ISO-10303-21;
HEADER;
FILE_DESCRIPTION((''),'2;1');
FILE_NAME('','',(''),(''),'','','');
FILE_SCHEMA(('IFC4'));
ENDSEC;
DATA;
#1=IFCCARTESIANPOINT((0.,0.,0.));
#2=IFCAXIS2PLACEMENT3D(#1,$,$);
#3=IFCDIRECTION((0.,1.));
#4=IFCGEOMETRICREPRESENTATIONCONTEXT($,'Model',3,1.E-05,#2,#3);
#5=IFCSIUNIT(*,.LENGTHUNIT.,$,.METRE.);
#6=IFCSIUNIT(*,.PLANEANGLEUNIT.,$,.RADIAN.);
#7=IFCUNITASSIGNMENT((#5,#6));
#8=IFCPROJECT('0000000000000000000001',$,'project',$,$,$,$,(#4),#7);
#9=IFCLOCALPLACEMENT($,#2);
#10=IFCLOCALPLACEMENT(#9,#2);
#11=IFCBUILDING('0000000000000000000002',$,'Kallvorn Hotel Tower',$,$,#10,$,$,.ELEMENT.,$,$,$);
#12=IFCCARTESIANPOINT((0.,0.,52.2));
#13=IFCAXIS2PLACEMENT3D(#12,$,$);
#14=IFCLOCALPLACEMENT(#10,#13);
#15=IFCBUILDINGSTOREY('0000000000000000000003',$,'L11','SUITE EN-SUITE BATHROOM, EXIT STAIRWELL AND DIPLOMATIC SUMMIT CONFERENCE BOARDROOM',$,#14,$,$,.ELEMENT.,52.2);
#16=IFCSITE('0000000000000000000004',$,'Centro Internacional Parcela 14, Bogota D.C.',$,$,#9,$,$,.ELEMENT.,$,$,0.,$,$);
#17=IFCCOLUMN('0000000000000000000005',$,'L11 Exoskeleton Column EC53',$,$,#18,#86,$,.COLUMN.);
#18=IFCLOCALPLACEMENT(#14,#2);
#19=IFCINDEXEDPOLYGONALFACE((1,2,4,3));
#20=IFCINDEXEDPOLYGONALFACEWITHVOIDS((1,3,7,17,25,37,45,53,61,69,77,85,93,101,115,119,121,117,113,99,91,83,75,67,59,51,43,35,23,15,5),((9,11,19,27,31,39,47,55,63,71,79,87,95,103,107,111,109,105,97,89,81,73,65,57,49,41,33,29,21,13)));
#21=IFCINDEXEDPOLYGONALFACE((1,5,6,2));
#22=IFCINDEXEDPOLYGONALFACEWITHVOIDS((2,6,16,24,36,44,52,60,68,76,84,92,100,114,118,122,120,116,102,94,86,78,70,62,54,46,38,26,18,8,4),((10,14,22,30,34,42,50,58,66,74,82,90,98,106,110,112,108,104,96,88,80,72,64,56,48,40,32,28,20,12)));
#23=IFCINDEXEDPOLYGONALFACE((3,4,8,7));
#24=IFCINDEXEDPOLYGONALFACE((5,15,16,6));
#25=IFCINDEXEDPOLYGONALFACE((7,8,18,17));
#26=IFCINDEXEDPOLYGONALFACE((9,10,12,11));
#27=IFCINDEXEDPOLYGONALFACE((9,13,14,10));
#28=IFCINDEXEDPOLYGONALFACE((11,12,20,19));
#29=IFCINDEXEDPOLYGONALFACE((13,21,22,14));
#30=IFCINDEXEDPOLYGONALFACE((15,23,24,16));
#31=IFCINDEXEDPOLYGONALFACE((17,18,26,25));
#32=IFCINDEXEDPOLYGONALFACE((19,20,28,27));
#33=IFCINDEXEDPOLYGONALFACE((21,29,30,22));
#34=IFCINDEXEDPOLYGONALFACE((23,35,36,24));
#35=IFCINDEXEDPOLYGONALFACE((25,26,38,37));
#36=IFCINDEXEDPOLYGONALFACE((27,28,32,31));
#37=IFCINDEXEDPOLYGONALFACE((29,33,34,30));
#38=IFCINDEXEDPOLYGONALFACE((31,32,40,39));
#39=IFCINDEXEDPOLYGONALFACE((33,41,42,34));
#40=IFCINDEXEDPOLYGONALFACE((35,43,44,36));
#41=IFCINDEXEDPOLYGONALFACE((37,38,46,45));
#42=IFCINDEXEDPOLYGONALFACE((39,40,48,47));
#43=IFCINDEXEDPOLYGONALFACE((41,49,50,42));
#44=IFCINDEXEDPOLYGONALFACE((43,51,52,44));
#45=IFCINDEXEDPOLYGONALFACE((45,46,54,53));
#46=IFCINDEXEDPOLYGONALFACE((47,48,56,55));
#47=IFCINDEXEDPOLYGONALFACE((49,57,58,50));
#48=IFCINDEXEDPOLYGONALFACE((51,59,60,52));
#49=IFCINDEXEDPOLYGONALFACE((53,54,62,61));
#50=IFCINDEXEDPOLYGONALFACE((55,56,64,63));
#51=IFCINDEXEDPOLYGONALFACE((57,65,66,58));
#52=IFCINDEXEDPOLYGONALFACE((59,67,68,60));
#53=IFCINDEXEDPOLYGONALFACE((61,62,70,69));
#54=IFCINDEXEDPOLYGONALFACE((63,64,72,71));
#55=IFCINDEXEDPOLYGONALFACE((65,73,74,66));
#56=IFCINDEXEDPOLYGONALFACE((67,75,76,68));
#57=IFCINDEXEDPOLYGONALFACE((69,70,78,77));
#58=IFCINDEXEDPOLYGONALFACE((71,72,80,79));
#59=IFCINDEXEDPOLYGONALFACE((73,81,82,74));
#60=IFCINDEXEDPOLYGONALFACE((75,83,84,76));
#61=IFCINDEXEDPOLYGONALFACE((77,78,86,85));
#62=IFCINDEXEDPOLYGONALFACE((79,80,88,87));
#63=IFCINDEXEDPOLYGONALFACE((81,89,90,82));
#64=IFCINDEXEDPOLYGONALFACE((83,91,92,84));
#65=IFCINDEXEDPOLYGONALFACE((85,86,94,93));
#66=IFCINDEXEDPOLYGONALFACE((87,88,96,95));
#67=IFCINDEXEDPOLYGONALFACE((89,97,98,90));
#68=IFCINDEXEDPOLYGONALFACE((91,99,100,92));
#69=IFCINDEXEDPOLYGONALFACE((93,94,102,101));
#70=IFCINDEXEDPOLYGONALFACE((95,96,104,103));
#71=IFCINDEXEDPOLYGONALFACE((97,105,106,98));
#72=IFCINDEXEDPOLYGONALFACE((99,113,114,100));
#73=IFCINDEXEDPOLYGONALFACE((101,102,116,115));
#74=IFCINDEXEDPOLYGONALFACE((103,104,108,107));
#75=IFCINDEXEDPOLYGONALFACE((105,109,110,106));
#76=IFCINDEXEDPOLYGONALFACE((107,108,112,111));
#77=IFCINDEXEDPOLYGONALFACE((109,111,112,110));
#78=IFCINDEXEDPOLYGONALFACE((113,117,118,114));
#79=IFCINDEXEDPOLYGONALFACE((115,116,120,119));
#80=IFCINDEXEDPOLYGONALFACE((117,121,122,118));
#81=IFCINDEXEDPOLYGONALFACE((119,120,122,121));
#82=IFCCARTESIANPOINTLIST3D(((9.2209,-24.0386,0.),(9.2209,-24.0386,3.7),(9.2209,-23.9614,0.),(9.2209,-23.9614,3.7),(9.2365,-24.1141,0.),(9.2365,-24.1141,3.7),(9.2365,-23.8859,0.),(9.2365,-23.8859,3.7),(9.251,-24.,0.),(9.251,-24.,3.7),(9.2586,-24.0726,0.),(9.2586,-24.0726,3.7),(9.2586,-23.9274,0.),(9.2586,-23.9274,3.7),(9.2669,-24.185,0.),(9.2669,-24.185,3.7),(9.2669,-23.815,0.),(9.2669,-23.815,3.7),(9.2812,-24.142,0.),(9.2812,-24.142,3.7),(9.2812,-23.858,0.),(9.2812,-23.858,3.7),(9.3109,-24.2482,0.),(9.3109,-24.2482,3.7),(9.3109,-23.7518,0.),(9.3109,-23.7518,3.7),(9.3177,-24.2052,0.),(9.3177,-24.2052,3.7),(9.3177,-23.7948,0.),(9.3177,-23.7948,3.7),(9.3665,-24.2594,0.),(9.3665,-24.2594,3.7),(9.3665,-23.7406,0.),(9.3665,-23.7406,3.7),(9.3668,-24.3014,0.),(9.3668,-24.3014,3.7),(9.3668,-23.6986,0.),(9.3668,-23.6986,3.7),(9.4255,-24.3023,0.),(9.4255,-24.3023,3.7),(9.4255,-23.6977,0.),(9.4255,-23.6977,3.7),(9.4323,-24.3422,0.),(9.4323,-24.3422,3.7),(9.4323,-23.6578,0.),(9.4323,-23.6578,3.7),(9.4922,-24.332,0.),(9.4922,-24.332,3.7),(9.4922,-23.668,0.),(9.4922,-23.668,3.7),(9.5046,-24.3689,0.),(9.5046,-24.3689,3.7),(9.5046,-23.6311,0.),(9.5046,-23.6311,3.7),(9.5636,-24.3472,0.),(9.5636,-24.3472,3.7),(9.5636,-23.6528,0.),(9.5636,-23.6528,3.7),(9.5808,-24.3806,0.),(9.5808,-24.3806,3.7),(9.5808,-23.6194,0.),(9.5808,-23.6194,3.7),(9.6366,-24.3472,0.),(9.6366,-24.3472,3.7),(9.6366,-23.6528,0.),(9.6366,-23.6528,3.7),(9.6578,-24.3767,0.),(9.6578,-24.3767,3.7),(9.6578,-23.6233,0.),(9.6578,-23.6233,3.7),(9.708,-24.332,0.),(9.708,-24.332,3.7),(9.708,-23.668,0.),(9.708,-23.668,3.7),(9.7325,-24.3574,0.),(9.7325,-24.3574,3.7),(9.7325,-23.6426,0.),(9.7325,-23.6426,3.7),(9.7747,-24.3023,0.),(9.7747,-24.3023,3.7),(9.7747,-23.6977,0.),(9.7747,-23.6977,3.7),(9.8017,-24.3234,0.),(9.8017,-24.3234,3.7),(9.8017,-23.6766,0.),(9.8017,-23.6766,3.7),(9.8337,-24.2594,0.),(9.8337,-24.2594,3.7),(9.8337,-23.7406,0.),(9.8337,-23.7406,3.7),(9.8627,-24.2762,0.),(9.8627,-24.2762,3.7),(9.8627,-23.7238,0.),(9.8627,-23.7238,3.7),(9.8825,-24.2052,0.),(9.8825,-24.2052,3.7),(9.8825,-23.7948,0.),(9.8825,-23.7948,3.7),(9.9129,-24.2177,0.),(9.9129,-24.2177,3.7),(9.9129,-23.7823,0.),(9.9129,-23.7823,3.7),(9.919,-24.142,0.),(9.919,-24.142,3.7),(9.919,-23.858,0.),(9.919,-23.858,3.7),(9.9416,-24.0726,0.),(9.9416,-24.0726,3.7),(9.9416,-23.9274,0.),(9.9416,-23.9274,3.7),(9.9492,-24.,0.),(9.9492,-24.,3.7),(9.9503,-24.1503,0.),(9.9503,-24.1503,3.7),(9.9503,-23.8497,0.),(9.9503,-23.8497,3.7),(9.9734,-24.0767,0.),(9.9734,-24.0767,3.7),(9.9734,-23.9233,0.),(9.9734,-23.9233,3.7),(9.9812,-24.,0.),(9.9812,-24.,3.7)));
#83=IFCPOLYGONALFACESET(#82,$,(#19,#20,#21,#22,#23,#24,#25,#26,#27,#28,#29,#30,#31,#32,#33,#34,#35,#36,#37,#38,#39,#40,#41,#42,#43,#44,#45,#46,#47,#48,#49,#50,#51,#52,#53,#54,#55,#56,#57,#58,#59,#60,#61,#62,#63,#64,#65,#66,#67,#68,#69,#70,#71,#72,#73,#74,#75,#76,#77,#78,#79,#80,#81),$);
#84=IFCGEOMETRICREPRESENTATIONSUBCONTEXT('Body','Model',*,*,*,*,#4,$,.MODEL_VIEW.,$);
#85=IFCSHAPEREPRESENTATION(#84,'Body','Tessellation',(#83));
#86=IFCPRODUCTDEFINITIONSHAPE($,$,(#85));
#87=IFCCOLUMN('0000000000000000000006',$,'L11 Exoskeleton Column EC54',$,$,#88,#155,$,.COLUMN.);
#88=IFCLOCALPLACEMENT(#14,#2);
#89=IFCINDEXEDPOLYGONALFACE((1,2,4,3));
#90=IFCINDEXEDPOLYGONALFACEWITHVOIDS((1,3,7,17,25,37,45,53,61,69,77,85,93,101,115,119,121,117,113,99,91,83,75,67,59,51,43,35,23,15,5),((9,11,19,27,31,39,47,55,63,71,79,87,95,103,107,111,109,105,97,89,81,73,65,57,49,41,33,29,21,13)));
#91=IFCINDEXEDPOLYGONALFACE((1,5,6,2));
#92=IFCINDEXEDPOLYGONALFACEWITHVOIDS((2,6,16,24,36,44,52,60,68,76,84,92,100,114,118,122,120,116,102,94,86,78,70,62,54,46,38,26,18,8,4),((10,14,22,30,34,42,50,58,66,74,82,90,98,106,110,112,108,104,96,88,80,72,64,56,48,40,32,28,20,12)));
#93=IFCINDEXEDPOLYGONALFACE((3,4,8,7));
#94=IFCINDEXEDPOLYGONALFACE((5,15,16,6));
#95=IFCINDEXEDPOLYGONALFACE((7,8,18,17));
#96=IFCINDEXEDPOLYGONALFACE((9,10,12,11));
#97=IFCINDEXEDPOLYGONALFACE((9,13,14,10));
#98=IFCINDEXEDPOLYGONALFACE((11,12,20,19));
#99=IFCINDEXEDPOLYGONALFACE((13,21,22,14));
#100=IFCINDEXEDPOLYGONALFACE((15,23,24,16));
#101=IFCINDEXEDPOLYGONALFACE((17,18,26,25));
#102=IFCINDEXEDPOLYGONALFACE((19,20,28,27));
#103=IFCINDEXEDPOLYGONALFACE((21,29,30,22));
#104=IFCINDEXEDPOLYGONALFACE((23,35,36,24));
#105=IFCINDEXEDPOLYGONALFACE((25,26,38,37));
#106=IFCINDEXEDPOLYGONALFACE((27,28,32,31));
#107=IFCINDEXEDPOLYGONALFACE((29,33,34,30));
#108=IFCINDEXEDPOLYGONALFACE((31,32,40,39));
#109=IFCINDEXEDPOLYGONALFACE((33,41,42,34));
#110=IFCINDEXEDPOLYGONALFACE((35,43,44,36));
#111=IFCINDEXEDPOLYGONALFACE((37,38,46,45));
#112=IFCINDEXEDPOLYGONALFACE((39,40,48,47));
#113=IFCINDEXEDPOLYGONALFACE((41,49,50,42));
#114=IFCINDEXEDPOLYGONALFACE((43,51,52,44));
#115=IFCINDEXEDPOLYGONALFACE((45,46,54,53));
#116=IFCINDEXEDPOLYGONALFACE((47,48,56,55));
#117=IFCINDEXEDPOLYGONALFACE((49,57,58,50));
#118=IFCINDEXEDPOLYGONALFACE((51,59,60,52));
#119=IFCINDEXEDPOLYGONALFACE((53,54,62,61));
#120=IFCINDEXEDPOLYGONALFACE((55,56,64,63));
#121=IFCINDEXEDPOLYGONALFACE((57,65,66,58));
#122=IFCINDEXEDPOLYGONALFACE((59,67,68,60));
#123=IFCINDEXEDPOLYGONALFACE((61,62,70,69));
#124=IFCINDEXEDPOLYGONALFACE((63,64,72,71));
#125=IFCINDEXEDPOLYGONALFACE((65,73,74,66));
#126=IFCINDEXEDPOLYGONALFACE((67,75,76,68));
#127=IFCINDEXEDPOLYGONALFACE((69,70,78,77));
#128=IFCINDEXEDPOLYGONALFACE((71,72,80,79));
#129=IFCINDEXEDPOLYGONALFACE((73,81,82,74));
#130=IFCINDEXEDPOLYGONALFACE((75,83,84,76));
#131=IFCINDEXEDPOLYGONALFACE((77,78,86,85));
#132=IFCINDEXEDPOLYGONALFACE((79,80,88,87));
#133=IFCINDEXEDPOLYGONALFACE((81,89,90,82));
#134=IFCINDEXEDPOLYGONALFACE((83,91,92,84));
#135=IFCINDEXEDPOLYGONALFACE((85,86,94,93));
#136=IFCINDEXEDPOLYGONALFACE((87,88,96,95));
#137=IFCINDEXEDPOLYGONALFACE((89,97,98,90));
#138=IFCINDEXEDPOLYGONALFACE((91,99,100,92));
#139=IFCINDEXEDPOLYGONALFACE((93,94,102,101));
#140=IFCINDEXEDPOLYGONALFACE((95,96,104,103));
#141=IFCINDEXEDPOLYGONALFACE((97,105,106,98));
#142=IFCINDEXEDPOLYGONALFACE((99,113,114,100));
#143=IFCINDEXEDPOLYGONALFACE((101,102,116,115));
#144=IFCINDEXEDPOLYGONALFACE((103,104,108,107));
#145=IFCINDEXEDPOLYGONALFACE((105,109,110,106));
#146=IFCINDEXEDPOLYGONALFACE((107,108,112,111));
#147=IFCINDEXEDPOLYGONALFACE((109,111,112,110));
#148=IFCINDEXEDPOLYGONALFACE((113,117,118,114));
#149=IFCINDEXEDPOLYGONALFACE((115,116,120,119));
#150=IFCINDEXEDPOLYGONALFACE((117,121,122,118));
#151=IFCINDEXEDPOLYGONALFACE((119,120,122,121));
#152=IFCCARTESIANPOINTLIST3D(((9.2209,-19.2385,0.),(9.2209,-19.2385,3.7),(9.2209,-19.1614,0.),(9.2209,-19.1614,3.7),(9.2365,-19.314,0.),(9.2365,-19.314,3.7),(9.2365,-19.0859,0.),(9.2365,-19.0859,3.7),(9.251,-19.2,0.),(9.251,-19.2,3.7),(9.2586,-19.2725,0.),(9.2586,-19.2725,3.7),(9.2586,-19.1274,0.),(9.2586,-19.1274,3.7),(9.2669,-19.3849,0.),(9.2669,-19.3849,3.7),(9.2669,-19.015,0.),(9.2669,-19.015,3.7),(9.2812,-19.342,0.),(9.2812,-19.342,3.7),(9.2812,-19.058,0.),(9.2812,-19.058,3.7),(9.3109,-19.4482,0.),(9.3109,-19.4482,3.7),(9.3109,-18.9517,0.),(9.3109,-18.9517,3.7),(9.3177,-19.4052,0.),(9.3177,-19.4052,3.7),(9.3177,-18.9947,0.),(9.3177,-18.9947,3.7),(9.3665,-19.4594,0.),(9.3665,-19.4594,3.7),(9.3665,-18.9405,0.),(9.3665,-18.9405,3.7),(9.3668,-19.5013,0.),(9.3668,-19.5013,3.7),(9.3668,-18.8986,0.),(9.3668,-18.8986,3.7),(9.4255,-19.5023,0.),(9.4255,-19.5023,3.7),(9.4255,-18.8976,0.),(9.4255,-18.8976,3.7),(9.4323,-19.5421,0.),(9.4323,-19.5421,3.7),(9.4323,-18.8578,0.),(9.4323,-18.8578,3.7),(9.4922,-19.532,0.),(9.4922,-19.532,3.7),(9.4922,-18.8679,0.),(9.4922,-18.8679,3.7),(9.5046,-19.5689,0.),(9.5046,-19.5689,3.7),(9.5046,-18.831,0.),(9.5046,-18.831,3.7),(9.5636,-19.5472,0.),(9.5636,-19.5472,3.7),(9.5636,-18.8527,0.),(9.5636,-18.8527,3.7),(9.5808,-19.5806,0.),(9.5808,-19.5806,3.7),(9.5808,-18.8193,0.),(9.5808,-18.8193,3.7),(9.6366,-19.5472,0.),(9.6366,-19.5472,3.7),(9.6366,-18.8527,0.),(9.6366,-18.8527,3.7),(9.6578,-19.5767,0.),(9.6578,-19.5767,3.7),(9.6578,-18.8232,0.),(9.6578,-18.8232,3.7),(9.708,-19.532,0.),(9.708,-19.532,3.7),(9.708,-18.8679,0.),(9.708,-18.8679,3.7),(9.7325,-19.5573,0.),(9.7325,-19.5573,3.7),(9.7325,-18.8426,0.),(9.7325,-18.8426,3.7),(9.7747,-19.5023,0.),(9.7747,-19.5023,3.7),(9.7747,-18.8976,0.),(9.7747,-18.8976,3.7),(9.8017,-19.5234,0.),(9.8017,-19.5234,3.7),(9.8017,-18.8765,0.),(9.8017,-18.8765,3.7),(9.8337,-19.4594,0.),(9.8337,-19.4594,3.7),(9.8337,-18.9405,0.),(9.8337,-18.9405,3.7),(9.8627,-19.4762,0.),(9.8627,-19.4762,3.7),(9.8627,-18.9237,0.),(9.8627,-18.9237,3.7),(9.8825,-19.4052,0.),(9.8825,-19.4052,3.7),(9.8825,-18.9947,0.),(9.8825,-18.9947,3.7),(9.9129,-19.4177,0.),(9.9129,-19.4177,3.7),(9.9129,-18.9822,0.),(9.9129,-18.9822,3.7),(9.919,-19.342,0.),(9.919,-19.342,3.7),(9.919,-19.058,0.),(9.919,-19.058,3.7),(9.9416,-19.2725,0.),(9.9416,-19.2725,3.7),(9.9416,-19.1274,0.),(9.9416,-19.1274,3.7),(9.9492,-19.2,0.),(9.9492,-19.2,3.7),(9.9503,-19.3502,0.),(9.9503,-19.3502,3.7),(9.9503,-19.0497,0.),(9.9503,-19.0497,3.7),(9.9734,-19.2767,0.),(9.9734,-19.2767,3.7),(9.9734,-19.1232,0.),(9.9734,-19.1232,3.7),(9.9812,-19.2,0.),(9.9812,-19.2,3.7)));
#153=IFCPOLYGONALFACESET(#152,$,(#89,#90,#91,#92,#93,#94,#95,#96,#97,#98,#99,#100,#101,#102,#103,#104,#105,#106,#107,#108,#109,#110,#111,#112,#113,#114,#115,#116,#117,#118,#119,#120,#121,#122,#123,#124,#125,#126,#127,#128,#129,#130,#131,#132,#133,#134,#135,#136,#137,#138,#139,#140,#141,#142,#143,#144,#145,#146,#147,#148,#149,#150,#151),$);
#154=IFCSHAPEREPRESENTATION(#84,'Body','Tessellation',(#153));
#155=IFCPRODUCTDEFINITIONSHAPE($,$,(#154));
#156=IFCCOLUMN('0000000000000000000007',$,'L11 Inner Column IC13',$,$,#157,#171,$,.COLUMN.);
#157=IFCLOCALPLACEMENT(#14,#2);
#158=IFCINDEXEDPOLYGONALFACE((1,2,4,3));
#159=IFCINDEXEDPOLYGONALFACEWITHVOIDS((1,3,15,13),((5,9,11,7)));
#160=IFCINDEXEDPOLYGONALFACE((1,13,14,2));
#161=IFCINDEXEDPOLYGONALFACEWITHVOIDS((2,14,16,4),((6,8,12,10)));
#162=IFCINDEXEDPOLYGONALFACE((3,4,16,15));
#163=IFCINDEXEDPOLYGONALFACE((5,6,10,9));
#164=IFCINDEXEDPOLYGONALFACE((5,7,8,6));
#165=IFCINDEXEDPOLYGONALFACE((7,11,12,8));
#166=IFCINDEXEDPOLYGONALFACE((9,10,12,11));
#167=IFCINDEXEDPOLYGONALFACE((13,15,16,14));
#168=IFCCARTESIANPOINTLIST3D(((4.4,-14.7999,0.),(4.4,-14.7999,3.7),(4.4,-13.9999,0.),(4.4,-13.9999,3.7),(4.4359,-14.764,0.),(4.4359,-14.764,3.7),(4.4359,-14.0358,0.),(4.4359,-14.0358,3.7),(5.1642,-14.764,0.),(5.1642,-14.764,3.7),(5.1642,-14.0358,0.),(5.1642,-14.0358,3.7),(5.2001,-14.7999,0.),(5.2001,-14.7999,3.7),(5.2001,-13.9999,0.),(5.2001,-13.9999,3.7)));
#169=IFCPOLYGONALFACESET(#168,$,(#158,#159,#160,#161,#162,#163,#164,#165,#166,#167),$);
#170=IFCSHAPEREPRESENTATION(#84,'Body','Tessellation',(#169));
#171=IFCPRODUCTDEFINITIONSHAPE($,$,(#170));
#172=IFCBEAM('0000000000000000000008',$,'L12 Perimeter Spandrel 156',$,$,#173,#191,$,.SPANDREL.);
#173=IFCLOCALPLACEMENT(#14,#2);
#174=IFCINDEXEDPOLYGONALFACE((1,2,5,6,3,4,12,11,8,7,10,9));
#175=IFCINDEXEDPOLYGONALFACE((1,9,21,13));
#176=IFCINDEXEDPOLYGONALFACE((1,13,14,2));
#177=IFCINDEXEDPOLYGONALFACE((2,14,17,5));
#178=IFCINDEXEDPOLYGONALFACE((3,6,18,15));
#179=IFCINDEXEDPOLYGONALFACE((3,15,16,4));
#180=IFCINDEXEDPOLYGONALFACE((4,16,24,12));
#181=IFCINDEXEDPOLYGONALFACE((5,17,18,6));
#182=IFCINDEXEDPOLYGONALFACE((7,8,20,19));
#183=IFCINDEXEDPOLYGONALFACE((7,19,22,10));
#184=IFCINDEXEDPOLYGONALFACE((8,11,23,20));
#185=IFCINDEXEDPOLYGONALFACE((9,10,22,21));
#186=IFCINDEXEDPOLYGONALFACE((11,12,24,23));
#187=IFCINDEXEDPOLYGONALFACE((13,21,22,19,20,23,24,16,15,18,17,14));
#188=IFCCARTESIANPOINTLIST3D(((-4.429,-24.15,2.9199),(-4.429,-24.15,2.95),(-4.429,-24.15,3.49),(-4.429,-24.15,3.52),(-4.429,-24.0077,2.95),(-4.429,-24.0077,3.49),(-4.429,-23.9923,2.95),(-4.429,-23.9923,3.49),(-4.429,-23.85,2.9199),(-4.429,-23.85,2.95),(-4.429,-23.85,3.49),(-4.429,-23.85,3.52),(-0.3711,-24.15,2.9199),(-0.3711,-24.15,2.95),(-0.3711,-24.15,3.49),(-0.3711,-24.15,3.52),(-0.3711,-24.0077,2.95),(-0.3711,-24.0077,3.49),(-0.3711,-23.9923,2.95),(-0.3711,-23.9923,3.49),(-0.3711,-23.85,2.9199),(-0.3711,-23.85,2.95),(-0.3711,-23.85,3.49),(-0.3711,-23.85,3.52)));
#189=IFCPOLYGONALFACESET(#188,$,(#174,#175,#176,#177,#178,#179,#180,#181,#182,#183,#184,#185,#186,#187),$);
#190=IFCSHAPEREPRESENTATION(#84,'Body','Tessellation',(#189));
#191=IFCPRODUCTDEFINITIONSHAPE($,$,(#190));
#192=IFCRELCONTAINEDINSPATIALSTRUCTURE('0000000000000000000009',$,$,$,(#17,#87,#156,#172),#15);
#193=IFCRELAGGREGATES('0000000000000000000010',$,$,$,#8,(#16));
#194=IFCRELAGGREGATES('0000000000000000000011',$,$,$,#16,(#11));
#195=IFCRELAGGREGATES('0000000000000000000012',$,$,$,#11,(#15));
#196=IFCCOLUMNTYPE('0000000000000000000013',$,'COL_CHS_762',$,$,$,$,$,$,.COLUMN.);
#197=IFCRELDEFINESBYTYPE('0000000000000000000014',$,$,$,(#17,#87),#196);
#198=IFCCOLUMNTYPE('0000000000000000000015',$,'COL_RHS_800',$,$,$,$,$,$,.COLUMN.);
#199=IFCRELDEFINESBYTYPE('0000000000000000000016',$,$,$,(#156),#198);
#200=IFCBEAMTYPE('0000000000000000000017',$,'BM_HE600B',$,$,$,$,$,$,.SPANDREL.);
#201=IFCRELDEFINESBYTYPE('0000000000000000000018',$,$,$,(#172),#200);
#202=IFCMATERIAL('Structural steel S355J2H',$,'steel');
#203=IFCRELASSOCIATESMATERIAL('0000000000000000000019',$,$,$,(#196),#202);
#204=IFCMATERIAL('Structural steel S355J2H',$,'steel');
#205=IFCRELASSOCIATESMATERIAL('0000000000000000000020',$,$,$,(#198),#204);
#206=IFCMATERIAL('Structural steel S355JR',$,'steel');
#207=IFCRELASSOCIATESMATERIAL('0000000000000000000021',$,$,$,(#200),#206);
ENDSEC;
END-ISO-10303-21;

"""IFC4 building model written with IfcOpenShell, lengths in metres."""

from ifc_helpers import new_model, si_unit, direction, frame, origin, origin_2d, place, context, subcontext, project, spatial, hollow_rectangle, hollow_circle, i_section, extrude, material, material_profile, profile_set, type_object, element, save


model = new_model("IFC4")

# Units and contexts
model_context = context("Model", 3, precision=1e-05, world=origin(), true_north=direction((0.0, 1.0)))
body_context = subcontext(model_context, "Body", "Model", "MODEL_VIEW")
ifc_project = project(units=[si_unit("LENGTHUNIT", "METRE"), si_unit("PLANEANGLEUNIT", "RADIAN")], contexts=[model_context])

# Site, building, storey
site_placement = place(None, origin())
site = spatial("IfcSite", under=ifc_project, at=site_placement, Name="Centro Internacional Parcela 14, Bogota D.C.", CompositionType="ELEMENT", RefElevation=0.0)
building_placement = place(site_placement, origin())
building = spatial("IfcBuilding", under=site, at=building_placement, Name="Kallvorn Hotel Tower", CompositionType="ELEMENT")
storey_placement = place(building_placement, frame((0.0, 0.0, 52.2)))
storey = spatial("IfcBuildingStorey", under=building, at=storey_placement, Name="L11", Description="SUITE EN-SUITE BATHROOM, EXIT STAIRWELL AND DIPLOMATIC SUMMIT CONFERENCE BOARDROOM", CompositionType="ELEMENT", Elevation=52.2)

# Columns
ifc_material_1 = material(Name="Structural steel S355J2H", Category="steel")
ifc_material_profile_1 = material_profile(ifc_material_1, hollow_circle(Radius=0.3811, WallThickness=0.032, at=origin_2d()), Name="CHS 762x32")
ifc_profile_set_1 = profile_set([ifc_material_profile_1], Name="Structural steel S355J2H")
column_type_1 = type_object("IfcColumnType", Name="COL_CHS_762", PredefinedType="COLUMN", material=ifc_profile_set_1)
for number, where, z_axis, x_axis, name in (
    (1, (9.6001, -24.0, 0.0), (0.0, 0.0, 1.0), (1.0, 0.0, 0.0), "L11 Exoskeleton Column EC53"),
    (2, (9.6001, -19.2, 0.0), (0.0, 0.0, 1.0), (1.0, 0.0, 0.0), "L11 Exoskeleton Column EC54"),
):
    element("IfcColumn", number, at=place(storey_placement, frame(where, z_axis=z_axis, x_axis=x_axis)), inside=storey, type_object=column_type_1, Name=name, PredefinedType="COLUMN", context=body_context, shape_type="SweptSolid", body=[
        extrude(hollow_circle(Radius=0.3811, WallThickness=0.032, at=origin_2d()), origin(), (0.0, 0.0, 1.0), 3.7),
    ])
ifc_material_2 = material(Name="Structural steel S355J2H", Category="steel")
ifc_material_profile_2 = material_profile(ifc_material_2, hollow_rectangle(XDim=0.8, YDim=0.8, WallThickness=0.0359, at=origin_2d()), Name="RHS 800x800x36")
ifc_profile_set_2 = profile_set([ifc_material_profile_2], Name="Structural steel S355J2H")
column_type_2 = type_object("IfcColumnType", Name="COL_RHS_800", PredefinedType="COLUMN", material=ifc_profile_set_2)
column_placement = place(storey_placement, frame((4.8, -14.3999, 0.0), z_axis=(0.0, 0.0, 1.0), x_axis=(1.0, 0.0, 0.0)))
element("IfcColumn", 3, at=column_placement, inside=storey, type_object=column_type_2, Name="L11 Inner Column IC13", PredefinedType="COLUMN", context=body_context, shape_type="SweptSolid", body=[
    extrude(hollow_rectangle(XDim=0.8, YDim=0.8, WallThickness=0.0359, at=origin_2d()), origin(), (0.0, 0.0, 1.0), 3.7),
])

# Beam
ifc_material_3 = material(Name="Structural steel S355JR", Category="steel")
ifc_material_profile_3 = material_profile(ifc_material_3, i_section(OverallWidth=0.3, OverallDepth=0.6001, WebThickness=0.0154, FlangeThickness=0.03, at=origin_2d()), Name="HE 600 B")
ifc_profile_set_3 = profile_set([ifc_material_profile_3], Name="Structural steel S355JR")
beam_type_1 = type_object("IfcBeamType", Name="BM_HE600B", PredefinedType="SPANDREL", material=ifc_profile_set_3)
for number, where, z_axis, x_axis, name in (
    (4, (-4.429, -24.0, 3.22), (1.0, 0.0, 0.0), (0.0, 1.0, 0.0), "L12 Perimeter Spandrel 156"),
):
    element("IfcBeam", number, at=place(storey_placement, frame(where, z_axis=z_axis, x_axis=x_axis)), inside=storey, type_object=beam_type_1, Name=name, PredefinedType="SPANDREL", context=body_context, shape_type="SweptSolid", body=[
        extrude(i_section(OverallWidth=0.3, OverallDepth=0.6001, WebThickness=0.0154, FlangeThickness=0.03, at=origin_2d()), origin(), (0.0, 0.0, 1.0), 4.0579),
    ])

save(model, "model.ifc")
